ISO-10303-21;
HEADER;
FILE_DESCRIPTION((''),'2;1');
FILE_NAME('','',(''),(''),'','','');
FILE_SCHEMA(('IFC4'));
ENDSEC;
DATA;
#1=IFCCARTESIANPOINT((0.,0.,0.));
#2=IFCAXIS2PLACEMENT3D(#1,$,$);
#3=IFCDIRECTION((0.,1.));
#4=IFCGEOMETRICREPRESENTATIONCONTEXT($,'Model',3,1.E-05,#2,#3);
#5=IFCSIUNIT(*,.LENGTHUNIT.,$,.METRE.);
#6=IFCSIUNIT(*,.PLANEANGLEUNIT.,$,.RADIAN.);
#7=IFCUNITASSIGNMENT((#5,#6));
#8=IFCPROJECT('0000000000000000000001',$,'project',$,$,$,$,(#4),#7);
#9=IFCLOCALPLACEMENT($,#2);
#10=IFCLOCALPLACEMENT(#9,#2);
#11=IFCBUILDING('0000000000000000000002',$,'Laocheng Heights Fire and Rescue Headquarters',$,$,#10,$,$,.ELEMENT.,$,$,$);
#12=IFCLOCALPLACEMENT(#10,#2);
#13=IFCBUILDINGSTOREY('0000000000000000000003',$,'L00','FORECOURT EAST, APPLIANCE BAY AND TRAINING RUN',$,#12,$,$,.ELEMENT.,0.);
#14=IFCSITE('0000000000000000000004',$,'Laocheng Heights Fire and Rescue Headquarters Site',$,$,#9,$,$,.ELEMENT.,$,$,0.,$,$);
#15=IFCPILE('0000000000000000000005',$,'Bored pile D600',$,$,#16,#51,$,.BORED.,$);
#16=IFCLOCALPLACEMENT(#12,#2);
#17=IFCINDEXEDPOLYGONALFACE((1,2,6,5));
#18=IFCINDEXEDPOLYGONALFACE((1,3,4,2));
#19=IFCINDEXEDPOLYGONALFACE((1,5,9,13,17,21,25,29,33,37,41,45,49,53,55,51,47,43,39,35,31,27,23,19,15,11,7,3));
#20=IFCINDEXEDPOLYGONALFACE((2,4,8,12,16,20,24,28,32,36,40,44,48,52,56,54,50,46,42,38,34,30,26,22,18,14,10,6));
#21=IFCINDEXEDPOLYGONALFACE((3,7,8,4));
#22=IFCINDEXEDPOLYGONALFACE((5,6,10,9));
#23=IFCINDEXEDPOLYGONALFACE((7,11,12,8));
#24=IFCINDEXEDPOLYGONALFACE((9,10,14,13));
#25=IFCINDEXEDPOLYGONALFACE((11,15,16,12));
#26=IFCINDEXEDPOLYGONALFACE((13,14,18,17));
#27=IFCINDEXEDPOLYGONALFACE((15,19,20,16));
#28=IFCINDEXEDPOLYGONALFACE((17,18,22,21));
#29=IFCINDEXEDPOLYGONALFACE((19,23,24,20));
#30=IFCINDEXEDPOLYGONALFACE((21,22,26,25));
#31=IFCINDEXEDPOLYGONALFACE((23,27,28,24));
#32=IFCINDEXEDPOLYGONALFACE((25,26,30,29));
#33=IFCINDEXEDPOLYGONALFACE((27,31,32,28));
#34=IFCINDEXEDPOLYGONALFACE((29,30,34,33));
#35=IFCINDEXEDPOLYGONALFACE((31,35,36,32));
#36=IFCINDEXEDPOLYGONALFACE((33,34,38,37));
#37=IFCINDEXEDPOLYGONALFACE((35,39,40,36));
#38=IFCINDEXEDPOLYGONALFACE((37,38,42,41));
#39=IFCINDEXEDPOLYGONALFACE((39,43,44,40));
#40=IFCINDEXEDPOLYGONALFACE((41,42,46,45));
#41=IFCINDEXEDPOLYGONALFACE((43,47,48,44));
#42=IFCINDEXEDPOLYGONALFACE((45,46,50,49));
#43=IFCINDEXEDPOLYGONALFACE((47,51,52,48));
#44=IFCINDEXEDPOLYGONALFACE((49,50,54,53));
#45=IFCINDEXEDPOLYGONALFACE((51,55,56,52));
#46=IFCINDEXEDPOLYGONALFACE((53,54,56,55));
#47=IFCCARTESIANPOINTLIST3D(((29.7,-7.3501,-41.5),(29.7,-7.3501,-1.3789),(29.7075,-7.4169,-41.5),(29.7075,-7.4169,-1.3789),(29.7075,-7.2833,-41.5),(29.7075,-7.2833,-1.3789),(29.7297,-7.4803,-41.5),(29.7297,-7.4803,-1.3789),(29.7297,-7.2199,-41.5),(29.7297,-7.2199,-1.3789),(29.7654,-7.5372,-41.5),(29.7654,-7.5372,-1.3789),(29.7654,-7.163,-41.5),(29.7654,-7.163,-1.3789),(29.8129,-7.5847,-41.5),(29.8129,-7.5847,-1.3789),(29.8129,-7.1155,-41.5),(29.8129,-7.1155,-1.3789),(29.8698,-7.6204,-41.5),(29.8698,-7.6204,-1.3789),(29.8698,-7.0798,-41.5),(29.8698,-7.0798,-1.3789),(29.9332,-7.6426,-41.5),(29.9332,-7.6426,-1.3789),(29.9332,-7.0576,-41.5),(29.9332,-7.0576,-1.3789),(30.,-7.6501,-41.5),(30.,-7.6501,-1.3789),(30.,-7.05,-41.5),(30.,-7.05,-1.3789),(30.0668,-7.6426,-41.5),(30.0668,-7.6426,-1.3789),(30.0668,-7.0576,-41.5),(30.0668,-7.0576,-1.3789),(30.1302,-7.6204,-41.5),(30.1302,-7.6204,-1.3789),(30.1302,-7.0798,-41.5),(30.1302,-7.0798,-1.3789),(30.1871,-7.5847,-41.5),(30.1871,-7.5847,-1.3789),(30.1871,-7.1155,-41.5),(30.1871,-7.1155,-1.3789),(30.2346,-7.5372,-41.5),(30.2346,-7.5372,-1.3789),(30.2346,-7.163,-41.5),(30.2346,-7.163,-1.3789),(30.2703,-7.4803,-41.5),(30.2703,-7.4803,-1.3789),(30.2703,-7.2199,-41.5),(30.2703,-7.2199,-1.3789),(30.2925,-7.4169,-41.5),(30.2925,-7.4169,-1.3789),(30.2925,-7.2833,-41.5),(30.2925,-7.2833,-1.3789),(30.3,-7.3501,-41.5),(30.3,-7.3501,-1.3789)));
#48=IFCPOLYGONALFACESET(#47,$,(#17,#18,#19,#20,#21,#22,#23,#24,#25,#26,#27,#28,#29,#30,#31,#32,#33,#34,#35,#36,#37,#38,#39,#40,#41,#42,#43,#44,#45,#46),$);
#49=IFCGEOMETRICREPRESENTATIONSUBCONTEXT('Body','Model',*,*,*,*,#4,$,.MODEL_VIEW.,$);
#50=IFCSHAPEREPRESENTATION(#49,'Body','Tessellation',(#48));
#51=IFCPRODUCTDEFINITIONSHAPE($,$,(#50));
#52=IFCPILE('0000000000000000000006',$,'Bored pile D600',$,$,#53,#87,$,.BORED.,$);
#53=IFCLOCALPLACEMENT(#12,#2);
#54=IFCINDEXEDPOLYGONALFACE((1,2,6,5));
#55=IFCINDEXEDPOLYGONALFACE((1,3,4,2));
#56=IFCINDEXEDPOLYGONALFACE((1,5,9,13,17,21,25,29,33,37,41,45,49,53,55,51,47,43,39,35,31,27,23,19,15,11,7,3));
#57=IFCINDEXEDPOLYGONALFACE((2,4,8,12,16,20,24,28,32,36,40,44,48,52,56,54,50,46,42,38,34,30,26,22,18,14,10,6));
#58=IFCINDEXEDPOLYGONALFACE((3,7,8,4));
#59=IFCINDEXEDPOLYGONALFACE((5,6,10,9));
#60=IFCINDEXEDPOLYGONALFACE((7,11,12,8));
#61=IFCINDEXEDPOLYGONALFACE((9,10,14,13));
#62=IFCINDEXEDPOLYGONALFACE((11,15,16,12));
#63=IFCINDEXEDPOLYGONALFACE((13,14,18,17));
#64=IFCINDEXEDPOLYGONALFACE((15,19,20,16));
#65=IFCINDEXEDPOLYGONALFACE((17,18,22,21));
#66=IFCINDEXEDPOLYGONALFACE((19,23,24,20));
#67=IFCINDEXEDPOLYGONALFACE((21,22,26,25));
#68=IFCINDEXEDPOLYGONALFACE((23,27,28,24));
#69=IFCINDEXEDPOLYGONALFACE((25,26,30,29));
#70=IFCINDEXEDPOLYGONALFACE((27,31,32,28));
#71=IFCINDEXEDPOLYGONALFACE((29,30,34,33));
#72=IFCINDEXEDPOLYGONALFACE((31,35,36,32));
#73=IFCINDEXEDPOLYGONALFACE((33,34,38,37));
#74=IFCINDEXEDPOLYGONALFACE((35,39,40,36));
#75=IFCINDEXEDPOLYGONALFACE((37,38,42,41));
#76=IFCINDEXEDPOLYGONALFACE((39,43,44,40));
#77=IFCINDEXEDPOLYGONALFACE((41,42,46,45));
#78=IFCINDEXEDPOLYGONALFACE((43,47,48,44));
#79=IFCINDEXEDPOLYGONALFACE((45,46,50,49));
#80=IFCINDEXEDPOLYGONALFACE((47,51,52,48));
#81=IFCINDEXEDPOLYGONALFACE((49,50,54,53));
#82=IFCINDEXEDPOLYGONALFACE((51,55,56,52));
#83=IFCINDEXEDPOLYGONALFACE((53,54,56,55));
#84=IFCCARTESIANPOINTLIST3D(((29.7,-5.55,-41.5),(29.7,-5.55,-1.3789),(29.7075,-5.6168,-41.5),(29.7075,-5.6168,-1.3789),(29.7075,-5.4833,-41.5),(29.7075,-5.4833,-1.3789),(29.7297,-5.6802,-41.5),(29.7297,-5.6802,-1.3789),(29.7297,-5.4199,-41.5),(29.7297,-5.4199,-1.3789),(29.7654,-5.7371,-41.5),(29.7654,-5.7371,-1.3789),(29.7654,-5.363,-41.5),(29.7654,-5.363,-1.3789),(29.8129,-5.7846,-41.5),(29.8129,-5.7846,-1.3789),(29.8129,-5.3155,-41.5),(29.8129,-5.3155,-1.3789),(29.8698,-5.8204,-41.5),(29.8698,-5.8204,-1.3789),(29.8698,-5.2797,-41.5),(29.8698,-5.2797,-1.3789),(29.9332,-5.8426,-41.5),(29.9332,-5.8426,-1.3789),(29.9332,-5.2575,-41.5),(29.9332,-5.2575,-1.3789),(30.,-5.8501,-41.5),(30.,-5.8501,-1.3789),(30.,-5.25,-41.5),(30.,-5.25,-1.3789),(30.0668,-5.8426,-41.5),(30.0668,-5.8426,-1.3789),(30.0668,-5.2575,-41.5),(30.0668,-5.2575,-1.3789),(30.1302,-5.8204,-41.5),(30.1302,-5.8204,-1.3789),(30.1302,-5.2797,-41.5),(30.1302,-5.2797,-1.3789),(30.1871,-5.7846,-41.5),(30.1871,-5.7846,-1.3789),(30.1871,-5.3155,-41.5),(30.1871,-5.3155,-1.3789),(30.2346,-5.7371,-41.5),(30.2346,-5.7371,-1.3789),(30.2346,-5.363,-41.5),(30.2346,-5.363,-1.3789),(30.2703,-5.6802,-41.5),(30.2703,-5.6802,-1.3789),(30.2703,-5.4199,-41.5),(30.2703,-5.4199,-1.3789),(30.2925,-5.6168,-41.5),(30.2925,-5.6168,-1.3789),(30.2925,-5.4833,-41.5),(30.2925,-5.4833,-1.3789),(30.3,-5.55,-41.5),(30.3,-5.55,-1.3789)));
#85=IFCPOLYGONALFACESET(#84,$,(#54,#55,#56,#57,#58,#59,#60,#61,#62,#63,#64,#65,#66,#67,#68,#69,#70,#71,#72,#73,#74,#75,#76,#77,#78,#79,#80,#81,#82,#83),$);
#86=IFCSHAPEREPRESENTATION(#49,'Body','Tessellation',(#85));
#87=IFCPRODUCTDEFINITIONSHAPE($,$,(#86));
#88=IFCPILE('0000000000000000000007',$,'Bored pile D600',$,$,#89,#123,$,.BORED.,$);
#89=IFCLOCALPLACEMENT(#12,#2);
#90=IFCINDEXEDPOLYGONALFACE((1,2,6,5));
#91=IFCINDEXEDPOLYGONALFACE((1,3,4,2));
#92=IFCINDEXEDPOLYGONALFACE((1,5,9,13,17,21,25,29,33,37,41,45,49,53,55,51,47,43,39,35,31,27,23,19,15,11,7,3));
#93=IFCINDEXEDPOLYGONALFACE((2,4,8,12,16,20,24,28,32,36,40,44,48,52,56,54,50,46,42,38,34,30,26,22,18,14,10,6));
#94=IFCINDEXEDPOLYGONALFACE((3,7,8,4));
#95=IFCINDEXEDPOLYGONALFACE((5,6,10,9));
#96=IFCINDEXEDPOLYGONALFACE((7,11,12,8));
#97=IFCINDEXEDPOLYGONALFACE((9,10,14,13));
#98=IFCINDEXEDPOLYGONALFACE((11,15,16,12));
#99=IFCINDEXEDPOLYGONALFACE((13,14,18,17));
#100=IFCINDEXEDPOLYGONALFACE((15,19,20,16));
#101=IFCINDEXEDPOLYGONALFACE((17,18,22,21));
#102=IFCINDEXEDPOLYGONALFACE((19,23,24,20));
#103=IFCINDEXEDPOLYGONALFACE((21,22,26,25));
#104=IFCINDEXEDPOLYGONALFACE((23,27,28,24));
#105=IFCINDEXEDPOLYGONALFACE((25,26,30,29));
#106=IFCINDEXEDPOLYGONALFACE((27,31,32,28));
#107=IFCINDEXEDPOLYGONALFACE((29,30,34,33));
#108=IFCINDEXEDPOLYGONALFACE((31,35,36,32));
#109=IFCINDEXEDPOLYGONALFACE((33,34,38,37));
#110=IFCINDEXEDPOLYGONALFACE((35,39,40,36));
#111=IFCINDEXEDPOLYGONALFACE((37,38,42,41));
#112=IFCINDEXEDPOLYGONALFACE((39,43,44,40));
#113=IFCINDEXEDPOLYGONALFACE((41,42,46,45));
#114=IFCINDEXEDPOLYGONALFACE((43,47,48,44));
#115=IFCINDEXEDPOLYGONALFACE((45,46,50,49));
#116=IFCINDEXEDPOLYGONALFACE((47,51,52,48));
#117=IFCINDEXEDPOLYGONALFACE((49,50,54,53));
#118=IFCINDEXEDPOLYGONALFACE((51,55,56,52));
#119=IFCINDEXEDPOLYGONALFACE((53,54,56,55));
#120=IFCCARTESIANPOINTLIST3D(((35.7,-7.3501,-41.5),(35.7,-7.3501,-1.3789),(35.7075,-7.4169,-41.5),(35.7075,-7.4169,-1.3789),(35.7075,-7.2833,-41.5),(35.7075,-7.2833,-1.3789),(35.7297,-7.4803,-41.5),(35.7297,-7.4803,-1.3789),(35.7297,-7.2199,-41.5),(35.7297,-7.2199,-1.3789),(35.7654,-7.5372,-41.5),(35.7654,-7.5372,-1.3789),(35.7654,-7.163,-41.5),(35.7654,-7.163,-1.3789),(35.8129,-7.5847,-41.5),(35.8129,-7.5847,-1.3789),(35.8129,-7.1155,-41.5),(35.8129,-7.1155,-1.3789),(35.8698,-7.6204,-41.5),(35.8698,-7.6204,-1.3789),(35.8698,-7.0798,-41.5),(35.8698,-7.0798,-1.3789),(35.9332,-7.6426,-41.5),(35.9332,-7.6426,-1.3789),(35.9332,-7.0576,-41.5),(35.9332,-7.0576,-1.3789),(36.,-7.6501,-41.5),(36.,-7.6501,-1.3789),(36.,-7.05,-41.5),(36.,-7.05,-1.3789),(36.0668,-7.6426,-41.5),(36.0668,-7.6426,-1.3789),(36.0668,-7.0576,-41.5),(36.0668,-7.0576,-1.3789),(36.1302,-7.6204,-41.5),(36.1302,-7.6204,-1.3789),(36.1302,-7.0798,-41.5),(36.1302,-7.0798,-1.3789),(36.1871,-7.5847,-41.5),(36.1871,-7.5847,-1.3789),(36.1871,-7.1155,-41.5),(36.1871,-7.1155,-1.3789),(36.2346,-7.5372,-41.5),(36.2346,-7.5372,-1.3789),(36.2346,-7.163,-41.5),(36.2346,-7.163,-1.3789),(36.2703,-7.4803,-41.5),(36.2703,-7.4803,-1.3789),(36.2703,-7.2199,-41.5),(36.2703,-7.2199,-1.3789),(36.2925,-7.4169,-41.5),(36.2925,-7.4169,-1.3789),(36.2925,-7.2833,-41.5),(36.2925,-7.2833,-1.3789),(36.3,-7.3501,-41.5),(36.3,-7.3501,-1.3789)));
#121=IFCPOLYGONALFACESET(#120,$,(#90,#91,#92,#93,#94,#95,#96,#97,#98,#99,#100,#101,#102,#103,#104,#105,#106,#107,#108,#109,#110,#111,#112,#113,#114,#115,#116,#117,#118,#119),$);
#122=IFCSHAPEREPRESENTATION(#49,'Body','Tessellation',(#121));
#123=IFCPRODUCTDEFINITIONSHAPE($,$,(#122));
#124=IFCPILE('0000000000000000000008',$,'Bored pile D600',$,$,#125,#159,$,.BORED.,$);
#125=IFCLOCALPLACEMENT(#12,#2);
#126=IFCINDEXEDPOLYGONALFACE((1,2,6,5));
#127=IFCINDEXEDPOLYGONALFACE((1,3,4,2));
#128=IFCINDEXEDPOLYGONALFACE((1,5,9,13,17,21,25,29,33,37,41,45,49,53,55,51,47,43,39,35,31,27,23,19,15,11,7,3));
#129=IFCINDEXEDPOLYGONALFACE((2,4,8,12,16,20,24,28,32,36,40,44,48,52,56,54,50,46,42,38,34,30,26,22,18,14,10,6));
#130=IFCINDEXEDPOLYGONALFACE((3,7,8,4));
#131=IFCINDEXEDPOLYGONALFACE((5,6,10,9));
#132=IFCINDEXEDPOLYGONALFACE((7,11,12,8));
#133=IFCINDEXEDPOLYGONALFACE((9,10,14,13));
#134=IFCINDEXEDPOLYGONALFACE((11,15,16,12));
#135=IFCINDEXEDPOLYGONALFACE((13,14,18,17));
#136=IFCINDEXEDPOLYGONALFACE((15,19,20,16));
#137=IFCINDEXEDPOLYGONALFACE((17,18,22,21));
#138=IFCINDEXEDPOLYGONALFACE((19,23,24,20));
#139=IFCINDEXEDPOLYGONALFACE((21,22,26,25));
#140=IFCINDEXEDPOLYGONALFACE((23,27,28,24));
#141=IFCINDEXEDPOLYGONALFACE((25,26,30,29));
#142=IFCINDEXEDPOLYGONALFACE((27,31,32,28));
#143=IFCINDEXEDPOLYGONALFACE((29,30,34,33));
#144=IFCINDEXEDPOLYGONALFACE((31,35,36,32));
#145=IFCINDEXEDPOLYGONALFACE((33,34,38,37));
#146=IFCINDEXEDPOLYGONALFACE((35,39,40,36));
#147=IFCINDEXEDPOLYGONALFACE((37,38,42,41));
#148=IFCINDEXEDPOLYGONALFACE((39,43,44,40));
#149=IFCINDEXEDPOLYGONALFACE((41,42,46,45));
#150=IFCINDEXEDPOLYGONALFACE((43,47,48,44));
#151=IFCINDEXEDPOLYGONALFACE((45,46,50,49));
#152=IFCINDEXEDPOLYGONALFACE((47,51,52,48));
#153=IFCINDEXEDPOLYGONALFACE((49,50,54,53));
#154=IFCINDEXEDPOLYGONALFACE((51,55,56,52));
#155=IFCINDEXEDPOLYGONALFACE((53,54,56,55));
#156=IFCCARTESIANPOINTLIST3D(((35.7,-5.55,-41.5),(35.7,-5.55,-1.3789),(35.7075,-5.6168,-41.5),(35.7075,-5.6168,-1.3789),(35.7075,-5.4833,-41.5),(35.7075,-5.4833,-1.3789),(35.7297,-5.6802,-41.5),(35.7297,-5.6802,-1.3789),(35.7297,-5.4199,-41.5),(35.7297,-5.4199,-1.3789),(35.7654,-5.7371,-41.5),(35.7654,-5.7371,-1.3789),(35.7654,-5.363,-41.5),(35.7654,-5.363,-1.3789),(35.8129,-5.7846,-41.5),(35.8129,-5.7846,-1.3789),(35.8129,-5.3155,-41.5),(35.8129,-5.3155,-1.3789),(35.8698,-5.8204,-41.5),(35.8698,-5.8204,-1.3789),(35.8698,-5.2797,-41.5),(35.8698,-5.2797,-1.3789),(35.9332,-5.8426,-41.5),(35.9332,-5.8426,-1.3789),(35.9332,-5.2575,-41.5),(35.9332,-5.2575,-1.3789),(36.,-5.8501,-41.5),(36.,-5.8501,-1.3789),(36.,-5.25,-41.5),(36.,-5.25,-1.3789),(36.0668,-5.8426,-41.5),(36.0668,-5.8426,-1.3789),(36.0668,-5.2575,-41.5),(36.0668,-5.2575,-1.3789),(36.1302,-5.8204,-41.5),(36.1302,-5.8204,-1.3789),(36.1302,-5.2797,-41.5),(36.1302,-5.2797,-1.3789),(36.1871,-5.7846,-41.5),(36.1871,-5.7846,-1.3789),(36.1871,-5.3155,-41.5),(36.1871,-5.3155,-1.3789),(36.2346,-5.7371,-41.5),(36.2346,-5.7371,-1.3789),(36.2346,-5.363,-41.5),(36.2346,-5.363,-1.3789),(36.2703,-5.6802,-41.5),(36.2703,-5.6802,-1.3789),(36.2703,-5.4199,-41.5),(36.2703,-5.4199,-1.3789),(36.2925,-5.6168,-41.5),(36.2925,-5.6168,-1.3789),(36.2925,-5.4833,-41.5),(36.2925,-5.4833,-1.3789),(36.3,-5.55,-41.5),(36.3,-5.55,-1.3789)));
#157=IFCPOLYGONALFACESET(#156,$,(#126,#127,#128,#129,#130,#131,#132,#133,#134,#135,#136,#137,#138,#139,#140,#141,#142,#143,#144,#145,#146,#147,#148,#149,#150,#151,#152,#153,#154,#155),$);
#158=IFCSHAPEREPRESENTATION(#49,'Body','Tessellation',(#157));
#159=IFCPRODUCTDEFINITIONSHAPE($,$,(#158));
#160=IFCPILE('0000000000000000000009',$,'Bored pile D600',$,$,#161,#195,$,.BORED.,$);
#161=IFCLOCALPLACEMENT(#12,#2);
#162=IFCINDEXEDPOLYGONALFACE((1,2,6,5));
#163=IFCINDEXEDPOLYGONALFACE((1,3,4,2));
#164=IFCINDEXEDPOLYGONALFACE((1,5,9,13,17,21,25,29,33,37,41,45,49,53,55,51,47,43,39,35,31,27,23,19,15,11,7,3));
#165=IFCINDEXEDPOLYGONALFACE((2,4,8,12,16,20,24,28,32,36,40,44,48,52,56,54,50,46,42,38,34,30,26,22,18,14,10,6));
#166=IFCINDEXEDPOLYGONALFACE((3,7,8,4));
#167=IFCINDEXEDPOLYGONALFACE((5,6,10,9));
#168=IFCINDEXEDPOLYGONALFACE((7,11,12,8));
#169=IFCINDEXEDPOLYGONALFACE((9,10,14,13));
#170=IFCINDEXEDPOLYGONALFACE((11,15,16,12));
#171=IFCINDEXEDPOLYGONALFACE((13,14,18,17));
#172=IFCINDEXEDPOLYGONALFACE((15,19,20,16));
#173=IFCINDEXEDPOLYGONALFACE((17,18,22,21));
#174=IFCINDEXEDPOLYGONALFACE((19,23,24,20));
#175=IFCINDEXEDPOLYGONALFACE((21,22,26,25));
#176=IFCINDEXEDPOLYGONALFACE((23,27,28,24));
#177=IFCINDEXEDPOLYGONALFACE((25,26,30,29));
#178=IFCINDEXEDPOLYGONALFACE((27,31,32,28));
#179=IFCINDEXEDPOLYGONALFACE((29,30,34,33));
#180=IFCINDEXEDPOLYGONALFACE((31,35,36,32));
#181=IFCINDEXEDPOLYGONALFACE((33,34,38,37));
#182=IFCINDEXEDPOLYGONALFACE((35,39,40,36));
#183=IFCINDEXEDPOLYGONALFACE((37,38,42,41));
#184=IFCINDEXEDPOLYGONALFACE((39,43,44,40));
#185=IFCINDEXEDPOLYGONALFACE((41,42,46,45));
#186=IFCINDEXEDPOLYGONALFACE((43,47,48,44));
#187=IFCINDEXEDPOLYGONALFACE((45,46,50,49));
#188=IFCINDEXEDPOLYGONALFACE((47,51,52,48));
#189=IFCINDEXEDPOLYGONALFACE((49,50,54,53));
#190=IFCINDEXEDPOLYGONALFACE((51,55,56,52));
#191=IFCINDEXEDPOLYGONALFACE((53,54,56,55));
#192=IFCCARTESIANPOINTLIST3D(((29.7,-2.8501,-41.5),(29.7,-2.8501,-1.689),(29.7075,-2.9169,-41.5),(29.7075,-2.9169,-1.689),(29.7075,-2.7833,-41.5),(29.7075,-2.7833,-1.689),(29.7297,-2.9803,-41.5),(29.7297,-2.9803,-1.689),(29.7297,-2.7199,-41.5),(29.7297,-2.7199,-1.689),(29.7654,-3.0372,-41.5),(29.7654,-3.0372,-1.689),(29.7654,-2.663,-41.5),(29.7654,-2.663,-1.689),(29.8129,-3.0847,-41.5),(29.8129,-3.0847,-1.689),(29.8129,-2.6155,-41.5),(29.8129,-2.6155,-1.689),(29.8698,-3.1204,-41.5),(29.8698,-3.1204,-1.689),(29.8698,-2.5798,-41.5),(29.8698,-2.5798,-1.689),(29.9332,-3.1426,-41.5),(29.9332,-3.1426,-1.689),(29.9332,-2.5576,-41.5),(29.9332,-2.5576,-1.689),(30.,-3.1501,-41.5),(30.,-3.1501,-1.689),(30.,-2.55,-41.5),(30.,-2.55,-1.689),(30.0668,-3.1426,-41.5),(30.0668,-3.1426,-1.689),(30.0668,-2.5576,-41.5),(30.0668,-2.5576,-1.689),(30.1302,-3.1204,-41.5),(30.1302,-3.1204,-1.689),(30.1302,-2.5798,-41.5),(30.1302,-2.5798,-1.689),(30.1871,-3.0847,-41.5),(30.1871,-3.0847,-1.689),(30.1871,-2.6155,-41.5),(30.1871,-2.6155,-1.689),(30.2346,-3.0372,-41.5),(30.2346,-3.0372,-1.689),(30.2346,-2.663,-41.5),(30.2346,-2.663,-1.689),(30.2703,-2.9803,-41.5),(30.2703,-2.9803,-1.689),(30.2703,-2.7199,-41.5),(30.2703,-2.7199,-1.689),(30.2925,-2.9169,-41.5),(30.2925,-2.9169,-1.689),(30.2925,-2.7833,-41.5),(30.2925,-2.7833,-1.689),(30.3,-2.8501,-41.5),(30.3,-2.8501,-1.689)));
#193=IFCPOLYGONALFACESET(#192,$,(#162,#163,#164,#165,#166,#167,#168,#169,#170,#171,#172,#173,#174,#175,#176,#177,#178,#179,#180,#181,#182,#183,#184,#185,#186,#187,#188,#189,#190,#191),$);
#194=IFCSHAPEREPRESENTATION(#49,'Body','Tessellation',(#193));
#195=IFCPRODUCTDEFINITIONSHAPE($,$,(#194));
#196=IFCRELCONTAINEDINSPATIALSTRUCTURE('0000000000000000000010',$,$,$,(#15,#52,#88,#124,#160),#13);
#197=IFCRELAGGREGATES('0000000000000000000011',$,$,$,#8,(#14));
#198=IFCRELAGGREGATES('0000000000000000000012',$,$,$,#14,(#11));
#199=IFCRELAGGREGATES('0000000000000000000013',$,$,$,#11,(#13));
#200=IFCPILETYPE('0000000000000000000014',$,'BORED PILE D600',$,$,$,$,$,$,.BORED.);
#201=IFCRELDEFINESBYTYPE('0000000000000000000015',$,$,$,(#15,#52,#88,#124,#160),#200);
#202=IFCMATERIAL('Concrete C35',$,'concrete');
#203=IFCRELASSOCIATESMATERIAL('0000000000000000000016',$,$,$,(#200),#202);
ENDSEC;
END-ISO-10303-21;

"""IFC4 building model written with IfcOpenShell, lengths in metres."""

from ifc_helpers import new_model, si_unit, direction, frame, origin, origin_2d, place, context, subcontext, project, spatial, circle, extrude, material, material_profile, profile_set, type_object, element, save


model = new_model("IFC4")

# Units and contexts
model_context = context("Model", 3, precision=1e-05, world=origin(), true_north=direction((0.0, 1.0)))
body_context = subcontext(model_context, "Body", "Model", "MODEL_VIEW")
ifc_project = project(units=[si_unit("LENGTHUNIT", "METRE"), si_unit("PLANEANGLEUNIT", "RADIAN")], contexts=[model_context])

# Site, building, storey
site_placement = place(None, origin())
site = spatial("IfcSite", under=ifc_project, at=site_placement, Name="Laocheng Heights Fire and Rescue Headquarters Site", CompositionType="ELEMENT", RefElevation=0.0)
building_placement = place(site_placement, origin())
building = spatial("IfcBuilding", under=site, at=building_placement, Name="Laocheng Heights Fire and Rescue Headquarters", CompositionType="ELEMENT")
storey_placement = place(building_placement, origin())
storey = spatial("IfcBuildingStorey", under=building, at=storey_placement, Name="L00", Description="FORECOURT EAST, APPLIANCE BAY AND TRAINING RUN", CompositionType="ELEMENT", Elevation=0.0)

# Piles
ifc_material_1 = material(Name="Concrete C35", Category="concrete")
ifc_material_profile_1 = material_profile(ifc_material_1, circle(Radius=0.3, at=origin_2d()), Name="BORED PILE D600")
ifc_profile_set_1 = profile_set([ifc_material_profile_1], Name="Concrete C35")
pile_type_1 = type_object("IfcPileType", Name="BORED PILE D600", PredefinedType="BORED", material=ifc_profile_set_1)
for number, where, z_axis, x_axis, name in (
    (1, (30.0, -7.3501, -1.3789), (0.0, 0.0, -1.0), (1.0, 0.0, 0.0), "Bored pile D600"),
    (2, (30.0, -5.55, -1.3789), (0.0, 0.0, -1.0), (1.0, 0.0, 0.0), "Bored pile D600"),
    (3, (36.0, -7.3501, -1.3789), (0.0, 0.0, -1.0), (1.0, 0.0, 0.0), "Bored pile D600"),
    (4, (36.0, -5.55, -1.3789), (0.0, 0.0, -1.0), (1.0, 0.0, 0.0), "Bored pile D600"),
):
    element("IfcPile", number, at=place(storey_placement, frame(where, z_axis=z_axis, x_axis=x_axis)), inside=storey, type_object=pile_type_1, Name=name, PredefinedType="BORED", context=body_context, shape_type="SweptSolid", body=[
        extrude(circle(Radius=0.3, at=origin_2d()), origin(), (0.0, 0.0, 1.0), 40.1211),
    ])
for number, where, z_axis, x_axis, name in (
    (5, (30.0, -2.8501, -1.689), (0.0, 0.0, -1.0), (1.0, 0.0, 0.0), "Bored pile D600"),
):
    element("IfcPile", number, at=place(storey_placement, frame(where, z_axis=z_axis, x_axis=x_axis)), inside=storey, type_object=pile_type_1, Name=name, PredefinedType="BORED", context=body_context, shape_type="SweptSolid", body=[
        extrude(circle(Radius=0.3, at=origin_2d()), origin(), (0.0, 0.0, 1.0), 39.811),
    ])

save(model, "model.ifc")
